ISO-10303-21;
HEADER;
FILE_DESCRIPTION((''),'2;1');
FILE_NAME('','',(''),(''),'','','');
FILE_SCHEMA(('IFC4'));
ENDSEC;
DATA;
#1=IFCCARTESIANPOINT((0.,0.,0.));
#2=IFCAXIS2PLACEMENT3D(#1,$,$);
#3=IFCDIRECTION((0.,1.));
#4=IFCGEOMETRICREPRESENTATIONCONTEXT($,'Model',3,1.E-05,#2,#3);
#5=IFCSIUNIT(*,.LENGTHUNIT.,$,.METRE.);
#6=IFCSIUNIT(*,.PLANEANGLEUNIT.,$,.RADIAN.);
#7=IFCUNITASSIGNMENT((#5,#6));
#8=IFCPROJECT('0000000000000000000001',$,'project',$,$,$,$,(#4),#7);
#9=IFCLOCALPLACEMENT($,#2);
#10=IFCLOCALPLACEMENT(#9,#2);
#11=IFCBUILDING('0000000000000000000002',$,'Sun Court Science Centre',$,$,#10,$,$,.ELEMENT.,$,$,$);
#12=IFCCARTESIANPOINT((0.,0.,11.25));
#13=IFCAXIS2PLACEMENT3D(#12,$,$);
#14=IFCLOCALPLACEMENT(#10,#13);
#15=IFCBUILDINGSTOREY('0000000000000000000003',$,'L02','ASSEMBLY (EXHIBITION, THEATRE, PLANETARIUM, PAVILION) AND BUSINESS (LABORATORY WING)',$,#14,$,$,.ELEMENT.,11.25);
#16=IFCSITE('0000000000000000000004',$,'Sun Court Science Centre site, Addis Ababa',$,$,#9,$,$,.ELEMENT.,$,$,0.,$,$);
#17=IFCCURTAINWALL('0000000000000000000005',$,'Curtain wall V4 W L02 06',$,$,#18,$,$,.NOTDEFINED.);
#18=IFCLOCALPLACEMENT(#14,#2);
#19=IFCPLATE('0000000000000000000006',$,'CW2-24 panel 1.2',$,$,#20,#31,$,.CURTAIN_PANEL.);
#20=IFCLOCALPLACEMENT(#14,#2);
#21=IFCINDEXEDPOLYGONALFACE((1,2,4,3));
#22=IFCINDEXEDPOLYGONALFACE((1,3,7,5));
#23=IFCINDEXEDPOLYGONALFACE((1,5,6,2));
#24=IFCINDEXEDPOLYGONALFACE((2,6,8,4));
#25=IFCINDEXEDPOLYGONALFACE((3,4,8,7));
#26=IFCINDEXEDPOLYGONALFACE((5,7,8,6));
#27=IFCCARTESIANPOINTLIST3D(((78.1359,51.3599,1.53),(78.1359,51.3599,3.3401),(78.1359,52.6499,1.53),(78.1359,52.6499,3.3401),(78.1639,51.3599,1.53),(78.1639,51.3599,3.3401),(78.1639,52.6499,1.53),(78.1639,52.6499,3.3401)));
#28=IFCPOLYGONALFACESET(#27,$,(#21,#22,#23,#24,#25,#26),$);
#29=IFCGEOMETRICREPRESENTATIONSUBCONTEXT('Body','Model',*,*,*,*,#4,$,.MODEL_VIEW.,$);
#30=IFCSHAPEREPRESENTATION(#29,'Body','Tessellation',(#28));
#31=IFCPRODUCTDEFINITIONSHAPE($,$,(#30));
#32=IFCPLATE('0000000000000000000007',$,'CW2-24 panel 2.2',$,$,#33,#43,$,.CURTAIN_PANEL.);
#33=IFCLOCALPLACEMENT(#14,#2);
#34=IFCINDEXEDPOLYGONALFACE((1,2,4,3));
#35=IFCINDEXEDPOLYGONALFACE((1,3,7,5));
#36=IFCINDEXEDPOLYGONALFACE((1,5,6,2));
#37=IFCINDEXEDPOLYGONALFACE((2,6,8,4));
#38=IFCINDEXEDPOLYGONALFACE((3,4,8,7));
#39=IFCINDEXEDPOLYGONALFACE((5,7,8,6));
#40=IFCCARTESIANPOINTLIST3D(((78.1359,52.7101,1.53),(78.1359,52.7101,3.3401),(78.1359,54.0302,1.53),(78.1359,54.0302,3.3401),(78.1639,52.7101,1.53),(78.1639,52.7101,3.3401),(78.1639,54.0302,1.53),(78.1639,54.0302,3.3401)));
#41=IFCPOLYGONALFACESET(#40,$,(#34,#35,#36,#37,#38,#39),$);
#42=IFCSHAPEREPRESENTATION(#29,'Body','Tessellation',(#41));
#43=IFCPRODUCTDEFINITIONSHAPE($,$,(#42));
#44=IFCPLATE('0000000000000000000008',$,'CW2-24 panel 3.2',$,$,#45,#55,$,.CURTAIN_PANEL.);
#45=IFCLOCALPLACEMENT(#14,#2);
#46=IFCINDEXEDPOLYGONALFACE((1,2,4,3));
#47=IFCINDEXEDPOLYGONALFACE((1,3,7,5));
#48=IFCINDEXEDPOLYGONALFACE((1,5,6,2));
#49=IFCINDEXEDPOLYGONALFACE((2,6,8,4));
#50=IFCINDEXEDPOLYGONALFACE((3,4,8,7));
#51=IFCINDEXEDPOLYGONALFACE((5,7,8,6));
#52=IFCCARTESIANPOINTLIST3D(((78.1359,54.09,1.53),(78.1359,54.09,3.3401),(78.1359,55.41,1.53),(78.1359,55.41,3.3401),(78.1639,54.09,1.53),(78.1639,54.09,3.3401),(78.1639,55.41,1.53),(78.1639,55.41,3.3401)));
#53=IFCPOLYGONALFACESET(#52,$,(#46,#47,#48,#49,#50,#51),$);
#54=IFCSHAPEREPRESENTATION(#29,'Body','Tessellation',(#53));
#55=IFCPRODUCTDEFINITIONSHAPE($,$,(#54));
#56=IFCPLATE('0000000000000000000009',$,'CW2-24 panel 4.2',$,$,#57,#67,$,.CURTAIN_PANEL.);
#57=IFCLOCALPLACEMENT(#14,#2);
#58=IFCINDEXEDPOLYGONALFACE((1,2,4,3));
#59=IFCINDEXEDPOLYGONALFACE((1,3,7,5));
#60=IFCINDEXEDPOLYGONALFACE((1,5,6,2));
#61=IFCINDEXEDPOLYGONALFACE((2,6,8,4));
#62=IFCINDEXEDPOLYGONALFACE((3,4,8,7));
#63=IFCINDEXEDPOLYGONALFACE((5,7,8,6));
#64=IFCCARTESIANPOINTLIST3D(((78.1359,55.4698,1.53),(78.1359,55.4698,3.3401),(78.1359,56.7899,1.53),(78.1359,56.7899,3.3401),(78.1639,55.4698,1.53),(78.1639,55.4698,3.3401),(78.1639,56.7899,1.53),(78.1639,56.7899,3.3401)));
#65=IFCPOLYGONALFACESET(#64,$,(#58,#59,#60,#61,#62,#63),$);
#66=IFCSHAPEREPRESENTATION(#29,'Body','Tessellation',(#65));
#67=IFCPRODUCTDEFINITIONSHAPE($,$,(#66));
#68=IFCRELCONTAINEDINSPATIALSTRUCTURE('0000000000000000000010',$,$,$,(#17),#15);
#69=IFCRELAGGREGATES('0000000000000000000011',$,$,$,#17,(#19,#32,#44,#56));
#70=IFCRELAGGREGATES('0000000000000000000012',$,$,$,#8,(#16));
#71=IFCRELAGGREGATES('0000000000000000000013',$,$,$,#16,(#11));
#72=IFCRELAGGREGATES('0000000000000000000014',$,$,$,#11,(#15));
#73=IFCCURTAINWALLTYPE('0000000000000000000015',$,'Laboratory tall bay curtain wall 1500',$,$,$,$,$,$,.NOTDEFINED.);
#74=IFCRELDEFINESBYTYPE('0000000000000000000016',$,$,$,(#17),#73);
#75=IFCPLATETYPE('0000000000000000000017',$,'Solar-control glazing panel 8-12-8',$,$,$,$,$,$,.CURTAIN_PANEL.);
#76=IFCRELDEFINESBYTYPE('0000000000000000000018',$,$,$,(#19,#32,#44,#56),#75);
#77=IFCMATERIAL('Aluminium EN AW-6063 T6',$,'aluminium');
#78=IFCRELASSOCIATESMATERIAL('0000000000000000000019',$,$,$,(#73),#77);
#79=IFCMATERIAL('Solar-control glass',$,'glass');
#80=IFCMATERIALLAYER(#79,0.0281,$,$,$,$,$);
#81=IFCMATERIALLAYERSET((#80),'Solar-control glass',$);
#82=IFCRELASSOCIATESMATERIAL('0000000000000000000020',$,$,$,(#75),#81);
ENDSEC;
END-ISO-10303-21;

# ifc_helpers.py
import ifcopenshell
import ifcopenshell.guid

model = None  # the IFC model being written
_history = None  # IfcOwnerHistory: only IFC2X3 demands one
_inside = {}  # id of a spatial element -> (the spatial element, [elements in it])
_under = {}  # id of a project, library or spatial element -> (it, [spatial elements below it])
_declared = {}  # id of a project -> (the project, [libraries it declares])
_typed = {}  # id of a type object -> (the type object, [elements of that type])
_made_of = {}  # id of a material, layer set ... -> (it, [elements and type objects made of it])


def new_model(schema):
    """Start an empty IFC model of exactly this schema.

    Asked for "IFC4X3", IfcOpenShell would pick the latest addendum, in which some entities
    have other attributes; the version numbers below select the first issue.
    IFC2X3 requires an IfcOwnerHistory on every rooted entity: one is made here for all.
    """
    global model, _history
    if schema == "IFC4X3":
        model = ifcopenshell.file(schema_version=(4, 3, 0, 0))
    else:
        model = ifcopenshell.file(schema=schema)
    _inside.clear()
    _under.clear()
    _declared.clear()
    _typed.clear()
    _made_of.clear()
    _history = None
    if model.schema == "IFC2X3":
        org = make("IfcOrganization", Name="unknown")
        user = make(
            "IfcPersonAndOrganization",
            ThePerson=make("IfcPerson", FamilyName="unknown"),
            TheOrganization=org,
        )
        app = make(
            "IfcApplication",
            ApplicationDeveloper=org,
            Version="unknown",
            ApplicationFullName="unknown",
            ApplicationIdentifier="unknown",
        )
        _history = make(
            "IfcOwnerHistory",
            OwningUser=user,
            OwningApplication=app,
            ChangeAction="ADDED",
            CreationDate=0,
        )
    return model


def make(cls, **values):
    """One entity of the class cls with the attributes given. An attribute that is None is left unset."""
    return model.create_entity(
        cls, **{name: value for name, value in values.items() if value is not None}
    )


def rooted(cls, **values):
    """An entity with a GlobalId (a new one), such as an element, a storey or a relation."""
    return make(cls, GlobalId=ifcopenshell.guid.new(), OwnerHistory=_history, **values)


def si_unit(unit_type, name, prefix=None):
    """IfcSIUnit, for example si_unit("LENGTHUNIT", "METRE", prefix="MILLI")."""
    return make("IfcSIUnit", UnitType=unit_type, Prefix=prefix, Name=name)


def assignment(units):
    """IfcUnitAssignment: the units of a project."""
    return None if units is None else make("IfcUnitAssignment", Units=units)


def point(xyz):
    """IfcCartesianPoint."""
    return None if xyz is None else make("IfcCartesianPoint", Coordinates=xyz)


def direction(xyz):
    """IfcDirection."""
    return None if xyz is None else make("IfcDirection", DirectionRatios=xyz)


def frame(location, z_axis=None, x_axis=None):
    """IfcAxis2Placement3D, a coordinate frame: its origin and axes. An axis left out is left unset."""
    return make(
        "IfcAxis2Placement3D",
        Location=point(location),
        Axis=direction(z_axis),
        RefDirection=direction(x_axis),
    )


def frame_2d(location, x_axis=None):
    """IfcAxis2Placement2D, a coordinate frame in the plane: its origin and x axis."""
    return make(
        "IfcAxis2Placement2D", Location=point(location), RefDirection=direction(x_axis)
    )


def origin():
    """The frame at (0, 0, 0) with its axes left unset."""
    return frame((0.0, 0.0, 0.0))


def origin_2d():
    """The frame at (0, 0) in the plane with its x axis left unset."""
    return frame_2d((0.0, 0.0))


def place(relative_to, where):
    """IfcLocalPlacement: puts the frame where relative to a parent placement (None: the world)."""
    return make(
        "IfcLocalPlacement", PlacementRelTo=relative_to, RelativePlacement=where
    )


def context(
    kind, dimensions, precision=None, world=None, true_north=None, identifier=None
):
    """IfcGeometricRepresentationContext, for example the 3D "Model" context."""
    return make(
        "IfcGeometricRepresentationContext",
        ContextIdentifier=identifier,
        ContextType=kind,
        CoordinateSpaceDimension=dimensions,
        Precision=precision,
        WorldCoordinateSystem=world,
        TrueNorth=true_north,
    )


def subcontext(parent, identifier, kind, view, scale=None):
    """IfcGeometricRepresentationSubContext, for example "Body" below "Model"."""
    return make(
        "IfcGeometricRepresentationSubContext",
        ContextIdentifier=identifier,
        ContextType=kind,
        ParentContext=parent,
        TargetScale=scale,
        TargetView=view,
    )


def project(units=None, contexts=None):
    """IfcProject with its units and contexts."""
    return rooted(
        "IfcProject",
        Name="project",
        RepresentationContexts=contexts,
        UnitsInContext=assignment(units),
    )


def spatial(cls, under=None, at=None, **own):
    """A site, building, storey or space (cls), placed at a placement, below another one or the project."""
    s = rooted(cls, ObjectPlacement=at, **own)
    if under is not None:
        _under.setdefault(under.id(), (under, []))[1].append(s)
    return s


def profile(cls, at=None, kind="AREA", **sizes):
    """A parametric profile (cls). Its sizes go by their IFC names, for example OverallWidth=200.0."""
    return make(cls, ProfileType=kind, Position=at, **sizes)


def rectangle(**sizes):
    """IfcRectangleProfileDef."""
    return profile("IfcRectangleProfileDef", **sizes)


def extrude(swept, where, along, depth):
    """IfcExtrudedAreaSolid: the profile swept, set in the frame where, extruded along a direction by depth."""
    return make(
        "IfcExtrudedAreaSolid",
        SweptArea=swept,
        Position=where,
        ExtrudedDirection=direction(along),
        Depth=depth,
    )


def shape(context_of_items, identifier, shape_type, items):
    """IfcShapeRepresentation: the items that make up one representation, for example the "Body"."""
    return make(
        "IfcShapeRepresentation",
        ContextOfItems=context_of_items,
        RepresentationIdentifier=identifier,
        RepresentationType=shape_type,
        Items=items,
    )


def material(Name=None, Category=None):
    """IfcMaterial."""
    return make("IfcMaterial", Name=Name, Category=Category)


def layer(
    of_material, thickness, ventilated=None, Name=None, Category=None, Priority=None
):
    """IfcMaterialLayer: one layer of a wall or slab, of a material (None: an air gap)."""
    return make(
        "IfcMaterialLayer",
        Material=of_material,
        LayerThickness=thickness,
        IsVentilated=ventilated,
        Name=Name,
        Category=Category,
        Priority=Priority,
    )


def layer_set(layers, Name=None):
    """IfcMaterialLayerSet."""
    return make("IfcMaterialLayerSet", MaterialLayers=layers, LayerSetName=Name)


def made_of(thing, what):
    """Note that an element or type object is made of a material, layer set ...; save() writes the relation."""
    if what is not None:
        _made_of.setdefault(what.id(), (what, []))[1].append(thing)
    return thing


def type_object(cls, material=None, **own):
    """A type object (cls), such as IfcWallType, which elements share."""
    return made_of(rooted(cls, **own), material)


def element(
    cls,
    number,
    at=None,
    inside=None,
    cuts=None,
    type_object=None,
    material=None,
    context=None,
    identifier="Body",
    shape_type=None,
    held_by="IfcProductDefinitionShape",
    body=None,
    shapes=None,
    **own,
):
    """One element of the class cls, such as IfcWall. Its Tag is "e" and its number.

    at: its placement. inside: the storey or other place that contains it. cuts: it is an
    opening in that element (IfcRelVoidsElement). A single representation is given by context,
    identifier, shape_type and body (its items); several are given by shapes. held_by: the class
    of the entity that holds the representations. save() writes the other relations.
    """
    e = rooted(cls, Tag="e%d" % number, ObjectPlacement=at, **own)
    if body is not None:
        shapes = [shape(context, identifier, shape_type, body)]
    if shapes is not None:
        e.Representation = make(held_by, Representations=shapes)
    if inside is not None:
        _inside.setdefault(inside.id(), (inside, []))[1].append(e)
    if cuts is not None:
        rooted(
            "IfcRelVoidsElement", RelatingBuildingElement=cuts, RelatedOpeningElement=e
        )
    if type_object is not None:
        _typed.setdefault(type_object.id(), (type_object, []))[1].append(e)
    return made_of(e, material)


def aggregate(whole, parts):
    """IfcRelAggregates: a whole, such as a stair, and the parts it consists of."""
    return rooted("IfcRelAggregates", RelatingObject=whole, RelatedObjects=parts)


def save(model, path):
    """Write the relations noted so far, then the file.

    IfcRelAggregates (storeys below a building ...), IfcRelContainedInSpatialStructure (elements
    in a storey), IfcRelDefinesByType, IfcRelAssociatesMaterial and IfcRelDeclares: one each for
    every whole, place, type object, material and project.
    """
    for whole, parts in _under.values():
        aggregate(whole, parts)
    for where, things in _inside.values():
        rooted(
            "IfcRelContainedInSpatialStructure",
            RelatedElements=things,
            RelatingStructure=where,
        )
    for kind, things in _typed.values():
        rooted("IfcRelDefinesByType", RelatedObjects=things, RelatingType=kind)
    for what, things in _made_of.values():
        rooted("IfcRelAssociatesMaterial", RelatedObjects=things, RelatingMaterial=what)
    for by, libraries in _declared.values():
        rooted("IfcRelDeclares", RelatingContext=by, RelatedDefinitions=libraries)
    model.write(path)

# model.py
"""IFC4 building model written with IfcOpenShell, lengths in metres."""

from ifc_helpers import new_model, si_unit, direction, frame, origin, origin_2d, place, context, subcontext, project, spatial, rectangle, extrude, material, layer, layer_set, type_object, element, aggregate, save


model = new_model("IFC4")

# Units and contexts
model_context = context("Model", 3, precision=1e-05, world=origin(), true_north=direction((0.0, 1.0)))
body_context = subcontext(model_context, "Body", "Model", "MODEL_VIEW")
ifc_project = project(units=[si_unit("LENGTHUNIT", "METRE"), si_unit("PLANEANGLEUNIT", "RADIAN")], contexts=[model_context])

# Site, building, storey
site_placement = place(None, origin())
site = spatial("IfcSite", under=ifc_project, at=site_placement, Name="Sun Court Science Centre site, Addis Ababa", CompositionType="ELEMENT", RefElevation=0.0)
building_placement = place(site_placement, origin())
building = spatial("IfcBuilding", under=site, at=building_placement, Name="Sun Court Science Centre", CompositionType="ELEMENT")
storey_placement = place(building_placement, frame((0.0, 0.0, 11.25)))
storey = spatial("IfcBuildingStorey", under=building, at=storey_placement, Name="L02", Description="ASSEMBLY (EXHIBITION, THEATRE, PLANETARIUM, PAVILION) AND BUSINESS (LABORATORY WING)", CompositionType="ELEMENT", Elevation=11.25)

# Shared definitions
ifc_material_1 = material(Name="Aluminium EN AW-6063 T6", Category="aluminium")
curtain_wall_type = type_object("IfcCurtainWallType", Name="Laboratory tall bay curtain wall 1500", PredefinedType="NOTDEFINED", material=ifc_material_1)

# Curtain wall, plates
curtain_wall_1_placement = place(storey_placement, origin())
curtain_wall_1 = element("IfcCurtainWall", 1, at=curtain_wall_1_placement, inside=storey, type_object=curtain_wall_type, Name="Curtain wall V4 W L02 06", PredefinedType="NOTDEFINED")
ifc_material_2 = material(Name="Solar-control glass", Category="glass")
ifc_layer = layer(ifc_material_2, 0.0281)
ifc_layer_set = layer_set([ifc_layer], Name="Solar-control glass")
plate_type = type_object("IfcPlateType", Name="Solar-control glazing panel 8-12-8", PredefinedType="CURTAIN_PANEL", material=ifc_layer_set)
plate_1_placement = place(storey_placement, frame((78.1499, 52.0049, 1.53), z_axis=(0.0, 0.0, 1.0), x_axis=(0.0, 1.0, 0.0)))
plate_1 = element("IfcPlate", 2, at=plate_1_placement, type_object=plate_type, Name="CW2-24 panel 1.2", PredefinedType="CURTAIN_PANEL", context=body_context, shape_type="SweptSolid", body=[
    extrude(rectangle(XDim=1.29, YDim=0.0281, at=origin_2d()), origin(), (0.0, 0.0, 1.0), 1.8101),
])
plate_2_placement = place(storey_placement, frame((78.1499, 53.3701, 1.53), z_axis=(0.0, 0.0, 1.0), x_axis=(0.0, 1.0, 0.0)))
plate_2 = element("IfcPlate", 3, at=plate_2_placement, type_object=plate_type, Name="CW2-24 panel 2.2", PredefinedType="CURTAIN_PANEL", context=body_context, shape_type="SweptSolid", body=[
    extrude(rectangle(XDim=1.3201, YDim=0.0281, at=origin_2d()), origin(), (0.0, 0.0, 1.0), 1.8101),
])
plate_3_placement = place(storey_placement, frame((78.1499, 54.75, 1.53), z_axis=(0.0, 0.0, 1.0), x_axis=(0.0, 1.0, 0.0)))
plate_3 = element("IfcPlate", 4, at=plate_3_placement, type_object=plate_type, Name="CW2-24 panel 3.2", PredefinedType="CURTAIN_PANEL", context=body_context, shape_type="SweptSolid", body=[
    extrude(rectangle(XDim=1.3201, YDim=0.0281, at=origin_2d()), origin(), (0.0, 0.0, 1.0), 1.8101),
])
plate_4_placement = place(storey_placement, frame((78.1499, 56.1299, 1.53), z_axis=(0.0, 0.0, 1.0), x_axis=(0.0, 1.0, 0.0)))
plate_4 = element("IfcPlate", 5, at=plate_4_placement, type_object=plate_type, Name="CW2-24 panel 4.2", PredefinedType="CURTAIN_PANEL", context=body_context, shape_type="SweptSolid", body=[
    extrude(rectangle(XDim=1.3201, YDim=0.0281, at=origin_2d()), origin(), (0.0, 0.0, 1.0), 1.8101),
])
aggregate(curtain_wall_1, [plate_1, plate_2, plate_3, plate_4])

save(model, "model.ifc")
